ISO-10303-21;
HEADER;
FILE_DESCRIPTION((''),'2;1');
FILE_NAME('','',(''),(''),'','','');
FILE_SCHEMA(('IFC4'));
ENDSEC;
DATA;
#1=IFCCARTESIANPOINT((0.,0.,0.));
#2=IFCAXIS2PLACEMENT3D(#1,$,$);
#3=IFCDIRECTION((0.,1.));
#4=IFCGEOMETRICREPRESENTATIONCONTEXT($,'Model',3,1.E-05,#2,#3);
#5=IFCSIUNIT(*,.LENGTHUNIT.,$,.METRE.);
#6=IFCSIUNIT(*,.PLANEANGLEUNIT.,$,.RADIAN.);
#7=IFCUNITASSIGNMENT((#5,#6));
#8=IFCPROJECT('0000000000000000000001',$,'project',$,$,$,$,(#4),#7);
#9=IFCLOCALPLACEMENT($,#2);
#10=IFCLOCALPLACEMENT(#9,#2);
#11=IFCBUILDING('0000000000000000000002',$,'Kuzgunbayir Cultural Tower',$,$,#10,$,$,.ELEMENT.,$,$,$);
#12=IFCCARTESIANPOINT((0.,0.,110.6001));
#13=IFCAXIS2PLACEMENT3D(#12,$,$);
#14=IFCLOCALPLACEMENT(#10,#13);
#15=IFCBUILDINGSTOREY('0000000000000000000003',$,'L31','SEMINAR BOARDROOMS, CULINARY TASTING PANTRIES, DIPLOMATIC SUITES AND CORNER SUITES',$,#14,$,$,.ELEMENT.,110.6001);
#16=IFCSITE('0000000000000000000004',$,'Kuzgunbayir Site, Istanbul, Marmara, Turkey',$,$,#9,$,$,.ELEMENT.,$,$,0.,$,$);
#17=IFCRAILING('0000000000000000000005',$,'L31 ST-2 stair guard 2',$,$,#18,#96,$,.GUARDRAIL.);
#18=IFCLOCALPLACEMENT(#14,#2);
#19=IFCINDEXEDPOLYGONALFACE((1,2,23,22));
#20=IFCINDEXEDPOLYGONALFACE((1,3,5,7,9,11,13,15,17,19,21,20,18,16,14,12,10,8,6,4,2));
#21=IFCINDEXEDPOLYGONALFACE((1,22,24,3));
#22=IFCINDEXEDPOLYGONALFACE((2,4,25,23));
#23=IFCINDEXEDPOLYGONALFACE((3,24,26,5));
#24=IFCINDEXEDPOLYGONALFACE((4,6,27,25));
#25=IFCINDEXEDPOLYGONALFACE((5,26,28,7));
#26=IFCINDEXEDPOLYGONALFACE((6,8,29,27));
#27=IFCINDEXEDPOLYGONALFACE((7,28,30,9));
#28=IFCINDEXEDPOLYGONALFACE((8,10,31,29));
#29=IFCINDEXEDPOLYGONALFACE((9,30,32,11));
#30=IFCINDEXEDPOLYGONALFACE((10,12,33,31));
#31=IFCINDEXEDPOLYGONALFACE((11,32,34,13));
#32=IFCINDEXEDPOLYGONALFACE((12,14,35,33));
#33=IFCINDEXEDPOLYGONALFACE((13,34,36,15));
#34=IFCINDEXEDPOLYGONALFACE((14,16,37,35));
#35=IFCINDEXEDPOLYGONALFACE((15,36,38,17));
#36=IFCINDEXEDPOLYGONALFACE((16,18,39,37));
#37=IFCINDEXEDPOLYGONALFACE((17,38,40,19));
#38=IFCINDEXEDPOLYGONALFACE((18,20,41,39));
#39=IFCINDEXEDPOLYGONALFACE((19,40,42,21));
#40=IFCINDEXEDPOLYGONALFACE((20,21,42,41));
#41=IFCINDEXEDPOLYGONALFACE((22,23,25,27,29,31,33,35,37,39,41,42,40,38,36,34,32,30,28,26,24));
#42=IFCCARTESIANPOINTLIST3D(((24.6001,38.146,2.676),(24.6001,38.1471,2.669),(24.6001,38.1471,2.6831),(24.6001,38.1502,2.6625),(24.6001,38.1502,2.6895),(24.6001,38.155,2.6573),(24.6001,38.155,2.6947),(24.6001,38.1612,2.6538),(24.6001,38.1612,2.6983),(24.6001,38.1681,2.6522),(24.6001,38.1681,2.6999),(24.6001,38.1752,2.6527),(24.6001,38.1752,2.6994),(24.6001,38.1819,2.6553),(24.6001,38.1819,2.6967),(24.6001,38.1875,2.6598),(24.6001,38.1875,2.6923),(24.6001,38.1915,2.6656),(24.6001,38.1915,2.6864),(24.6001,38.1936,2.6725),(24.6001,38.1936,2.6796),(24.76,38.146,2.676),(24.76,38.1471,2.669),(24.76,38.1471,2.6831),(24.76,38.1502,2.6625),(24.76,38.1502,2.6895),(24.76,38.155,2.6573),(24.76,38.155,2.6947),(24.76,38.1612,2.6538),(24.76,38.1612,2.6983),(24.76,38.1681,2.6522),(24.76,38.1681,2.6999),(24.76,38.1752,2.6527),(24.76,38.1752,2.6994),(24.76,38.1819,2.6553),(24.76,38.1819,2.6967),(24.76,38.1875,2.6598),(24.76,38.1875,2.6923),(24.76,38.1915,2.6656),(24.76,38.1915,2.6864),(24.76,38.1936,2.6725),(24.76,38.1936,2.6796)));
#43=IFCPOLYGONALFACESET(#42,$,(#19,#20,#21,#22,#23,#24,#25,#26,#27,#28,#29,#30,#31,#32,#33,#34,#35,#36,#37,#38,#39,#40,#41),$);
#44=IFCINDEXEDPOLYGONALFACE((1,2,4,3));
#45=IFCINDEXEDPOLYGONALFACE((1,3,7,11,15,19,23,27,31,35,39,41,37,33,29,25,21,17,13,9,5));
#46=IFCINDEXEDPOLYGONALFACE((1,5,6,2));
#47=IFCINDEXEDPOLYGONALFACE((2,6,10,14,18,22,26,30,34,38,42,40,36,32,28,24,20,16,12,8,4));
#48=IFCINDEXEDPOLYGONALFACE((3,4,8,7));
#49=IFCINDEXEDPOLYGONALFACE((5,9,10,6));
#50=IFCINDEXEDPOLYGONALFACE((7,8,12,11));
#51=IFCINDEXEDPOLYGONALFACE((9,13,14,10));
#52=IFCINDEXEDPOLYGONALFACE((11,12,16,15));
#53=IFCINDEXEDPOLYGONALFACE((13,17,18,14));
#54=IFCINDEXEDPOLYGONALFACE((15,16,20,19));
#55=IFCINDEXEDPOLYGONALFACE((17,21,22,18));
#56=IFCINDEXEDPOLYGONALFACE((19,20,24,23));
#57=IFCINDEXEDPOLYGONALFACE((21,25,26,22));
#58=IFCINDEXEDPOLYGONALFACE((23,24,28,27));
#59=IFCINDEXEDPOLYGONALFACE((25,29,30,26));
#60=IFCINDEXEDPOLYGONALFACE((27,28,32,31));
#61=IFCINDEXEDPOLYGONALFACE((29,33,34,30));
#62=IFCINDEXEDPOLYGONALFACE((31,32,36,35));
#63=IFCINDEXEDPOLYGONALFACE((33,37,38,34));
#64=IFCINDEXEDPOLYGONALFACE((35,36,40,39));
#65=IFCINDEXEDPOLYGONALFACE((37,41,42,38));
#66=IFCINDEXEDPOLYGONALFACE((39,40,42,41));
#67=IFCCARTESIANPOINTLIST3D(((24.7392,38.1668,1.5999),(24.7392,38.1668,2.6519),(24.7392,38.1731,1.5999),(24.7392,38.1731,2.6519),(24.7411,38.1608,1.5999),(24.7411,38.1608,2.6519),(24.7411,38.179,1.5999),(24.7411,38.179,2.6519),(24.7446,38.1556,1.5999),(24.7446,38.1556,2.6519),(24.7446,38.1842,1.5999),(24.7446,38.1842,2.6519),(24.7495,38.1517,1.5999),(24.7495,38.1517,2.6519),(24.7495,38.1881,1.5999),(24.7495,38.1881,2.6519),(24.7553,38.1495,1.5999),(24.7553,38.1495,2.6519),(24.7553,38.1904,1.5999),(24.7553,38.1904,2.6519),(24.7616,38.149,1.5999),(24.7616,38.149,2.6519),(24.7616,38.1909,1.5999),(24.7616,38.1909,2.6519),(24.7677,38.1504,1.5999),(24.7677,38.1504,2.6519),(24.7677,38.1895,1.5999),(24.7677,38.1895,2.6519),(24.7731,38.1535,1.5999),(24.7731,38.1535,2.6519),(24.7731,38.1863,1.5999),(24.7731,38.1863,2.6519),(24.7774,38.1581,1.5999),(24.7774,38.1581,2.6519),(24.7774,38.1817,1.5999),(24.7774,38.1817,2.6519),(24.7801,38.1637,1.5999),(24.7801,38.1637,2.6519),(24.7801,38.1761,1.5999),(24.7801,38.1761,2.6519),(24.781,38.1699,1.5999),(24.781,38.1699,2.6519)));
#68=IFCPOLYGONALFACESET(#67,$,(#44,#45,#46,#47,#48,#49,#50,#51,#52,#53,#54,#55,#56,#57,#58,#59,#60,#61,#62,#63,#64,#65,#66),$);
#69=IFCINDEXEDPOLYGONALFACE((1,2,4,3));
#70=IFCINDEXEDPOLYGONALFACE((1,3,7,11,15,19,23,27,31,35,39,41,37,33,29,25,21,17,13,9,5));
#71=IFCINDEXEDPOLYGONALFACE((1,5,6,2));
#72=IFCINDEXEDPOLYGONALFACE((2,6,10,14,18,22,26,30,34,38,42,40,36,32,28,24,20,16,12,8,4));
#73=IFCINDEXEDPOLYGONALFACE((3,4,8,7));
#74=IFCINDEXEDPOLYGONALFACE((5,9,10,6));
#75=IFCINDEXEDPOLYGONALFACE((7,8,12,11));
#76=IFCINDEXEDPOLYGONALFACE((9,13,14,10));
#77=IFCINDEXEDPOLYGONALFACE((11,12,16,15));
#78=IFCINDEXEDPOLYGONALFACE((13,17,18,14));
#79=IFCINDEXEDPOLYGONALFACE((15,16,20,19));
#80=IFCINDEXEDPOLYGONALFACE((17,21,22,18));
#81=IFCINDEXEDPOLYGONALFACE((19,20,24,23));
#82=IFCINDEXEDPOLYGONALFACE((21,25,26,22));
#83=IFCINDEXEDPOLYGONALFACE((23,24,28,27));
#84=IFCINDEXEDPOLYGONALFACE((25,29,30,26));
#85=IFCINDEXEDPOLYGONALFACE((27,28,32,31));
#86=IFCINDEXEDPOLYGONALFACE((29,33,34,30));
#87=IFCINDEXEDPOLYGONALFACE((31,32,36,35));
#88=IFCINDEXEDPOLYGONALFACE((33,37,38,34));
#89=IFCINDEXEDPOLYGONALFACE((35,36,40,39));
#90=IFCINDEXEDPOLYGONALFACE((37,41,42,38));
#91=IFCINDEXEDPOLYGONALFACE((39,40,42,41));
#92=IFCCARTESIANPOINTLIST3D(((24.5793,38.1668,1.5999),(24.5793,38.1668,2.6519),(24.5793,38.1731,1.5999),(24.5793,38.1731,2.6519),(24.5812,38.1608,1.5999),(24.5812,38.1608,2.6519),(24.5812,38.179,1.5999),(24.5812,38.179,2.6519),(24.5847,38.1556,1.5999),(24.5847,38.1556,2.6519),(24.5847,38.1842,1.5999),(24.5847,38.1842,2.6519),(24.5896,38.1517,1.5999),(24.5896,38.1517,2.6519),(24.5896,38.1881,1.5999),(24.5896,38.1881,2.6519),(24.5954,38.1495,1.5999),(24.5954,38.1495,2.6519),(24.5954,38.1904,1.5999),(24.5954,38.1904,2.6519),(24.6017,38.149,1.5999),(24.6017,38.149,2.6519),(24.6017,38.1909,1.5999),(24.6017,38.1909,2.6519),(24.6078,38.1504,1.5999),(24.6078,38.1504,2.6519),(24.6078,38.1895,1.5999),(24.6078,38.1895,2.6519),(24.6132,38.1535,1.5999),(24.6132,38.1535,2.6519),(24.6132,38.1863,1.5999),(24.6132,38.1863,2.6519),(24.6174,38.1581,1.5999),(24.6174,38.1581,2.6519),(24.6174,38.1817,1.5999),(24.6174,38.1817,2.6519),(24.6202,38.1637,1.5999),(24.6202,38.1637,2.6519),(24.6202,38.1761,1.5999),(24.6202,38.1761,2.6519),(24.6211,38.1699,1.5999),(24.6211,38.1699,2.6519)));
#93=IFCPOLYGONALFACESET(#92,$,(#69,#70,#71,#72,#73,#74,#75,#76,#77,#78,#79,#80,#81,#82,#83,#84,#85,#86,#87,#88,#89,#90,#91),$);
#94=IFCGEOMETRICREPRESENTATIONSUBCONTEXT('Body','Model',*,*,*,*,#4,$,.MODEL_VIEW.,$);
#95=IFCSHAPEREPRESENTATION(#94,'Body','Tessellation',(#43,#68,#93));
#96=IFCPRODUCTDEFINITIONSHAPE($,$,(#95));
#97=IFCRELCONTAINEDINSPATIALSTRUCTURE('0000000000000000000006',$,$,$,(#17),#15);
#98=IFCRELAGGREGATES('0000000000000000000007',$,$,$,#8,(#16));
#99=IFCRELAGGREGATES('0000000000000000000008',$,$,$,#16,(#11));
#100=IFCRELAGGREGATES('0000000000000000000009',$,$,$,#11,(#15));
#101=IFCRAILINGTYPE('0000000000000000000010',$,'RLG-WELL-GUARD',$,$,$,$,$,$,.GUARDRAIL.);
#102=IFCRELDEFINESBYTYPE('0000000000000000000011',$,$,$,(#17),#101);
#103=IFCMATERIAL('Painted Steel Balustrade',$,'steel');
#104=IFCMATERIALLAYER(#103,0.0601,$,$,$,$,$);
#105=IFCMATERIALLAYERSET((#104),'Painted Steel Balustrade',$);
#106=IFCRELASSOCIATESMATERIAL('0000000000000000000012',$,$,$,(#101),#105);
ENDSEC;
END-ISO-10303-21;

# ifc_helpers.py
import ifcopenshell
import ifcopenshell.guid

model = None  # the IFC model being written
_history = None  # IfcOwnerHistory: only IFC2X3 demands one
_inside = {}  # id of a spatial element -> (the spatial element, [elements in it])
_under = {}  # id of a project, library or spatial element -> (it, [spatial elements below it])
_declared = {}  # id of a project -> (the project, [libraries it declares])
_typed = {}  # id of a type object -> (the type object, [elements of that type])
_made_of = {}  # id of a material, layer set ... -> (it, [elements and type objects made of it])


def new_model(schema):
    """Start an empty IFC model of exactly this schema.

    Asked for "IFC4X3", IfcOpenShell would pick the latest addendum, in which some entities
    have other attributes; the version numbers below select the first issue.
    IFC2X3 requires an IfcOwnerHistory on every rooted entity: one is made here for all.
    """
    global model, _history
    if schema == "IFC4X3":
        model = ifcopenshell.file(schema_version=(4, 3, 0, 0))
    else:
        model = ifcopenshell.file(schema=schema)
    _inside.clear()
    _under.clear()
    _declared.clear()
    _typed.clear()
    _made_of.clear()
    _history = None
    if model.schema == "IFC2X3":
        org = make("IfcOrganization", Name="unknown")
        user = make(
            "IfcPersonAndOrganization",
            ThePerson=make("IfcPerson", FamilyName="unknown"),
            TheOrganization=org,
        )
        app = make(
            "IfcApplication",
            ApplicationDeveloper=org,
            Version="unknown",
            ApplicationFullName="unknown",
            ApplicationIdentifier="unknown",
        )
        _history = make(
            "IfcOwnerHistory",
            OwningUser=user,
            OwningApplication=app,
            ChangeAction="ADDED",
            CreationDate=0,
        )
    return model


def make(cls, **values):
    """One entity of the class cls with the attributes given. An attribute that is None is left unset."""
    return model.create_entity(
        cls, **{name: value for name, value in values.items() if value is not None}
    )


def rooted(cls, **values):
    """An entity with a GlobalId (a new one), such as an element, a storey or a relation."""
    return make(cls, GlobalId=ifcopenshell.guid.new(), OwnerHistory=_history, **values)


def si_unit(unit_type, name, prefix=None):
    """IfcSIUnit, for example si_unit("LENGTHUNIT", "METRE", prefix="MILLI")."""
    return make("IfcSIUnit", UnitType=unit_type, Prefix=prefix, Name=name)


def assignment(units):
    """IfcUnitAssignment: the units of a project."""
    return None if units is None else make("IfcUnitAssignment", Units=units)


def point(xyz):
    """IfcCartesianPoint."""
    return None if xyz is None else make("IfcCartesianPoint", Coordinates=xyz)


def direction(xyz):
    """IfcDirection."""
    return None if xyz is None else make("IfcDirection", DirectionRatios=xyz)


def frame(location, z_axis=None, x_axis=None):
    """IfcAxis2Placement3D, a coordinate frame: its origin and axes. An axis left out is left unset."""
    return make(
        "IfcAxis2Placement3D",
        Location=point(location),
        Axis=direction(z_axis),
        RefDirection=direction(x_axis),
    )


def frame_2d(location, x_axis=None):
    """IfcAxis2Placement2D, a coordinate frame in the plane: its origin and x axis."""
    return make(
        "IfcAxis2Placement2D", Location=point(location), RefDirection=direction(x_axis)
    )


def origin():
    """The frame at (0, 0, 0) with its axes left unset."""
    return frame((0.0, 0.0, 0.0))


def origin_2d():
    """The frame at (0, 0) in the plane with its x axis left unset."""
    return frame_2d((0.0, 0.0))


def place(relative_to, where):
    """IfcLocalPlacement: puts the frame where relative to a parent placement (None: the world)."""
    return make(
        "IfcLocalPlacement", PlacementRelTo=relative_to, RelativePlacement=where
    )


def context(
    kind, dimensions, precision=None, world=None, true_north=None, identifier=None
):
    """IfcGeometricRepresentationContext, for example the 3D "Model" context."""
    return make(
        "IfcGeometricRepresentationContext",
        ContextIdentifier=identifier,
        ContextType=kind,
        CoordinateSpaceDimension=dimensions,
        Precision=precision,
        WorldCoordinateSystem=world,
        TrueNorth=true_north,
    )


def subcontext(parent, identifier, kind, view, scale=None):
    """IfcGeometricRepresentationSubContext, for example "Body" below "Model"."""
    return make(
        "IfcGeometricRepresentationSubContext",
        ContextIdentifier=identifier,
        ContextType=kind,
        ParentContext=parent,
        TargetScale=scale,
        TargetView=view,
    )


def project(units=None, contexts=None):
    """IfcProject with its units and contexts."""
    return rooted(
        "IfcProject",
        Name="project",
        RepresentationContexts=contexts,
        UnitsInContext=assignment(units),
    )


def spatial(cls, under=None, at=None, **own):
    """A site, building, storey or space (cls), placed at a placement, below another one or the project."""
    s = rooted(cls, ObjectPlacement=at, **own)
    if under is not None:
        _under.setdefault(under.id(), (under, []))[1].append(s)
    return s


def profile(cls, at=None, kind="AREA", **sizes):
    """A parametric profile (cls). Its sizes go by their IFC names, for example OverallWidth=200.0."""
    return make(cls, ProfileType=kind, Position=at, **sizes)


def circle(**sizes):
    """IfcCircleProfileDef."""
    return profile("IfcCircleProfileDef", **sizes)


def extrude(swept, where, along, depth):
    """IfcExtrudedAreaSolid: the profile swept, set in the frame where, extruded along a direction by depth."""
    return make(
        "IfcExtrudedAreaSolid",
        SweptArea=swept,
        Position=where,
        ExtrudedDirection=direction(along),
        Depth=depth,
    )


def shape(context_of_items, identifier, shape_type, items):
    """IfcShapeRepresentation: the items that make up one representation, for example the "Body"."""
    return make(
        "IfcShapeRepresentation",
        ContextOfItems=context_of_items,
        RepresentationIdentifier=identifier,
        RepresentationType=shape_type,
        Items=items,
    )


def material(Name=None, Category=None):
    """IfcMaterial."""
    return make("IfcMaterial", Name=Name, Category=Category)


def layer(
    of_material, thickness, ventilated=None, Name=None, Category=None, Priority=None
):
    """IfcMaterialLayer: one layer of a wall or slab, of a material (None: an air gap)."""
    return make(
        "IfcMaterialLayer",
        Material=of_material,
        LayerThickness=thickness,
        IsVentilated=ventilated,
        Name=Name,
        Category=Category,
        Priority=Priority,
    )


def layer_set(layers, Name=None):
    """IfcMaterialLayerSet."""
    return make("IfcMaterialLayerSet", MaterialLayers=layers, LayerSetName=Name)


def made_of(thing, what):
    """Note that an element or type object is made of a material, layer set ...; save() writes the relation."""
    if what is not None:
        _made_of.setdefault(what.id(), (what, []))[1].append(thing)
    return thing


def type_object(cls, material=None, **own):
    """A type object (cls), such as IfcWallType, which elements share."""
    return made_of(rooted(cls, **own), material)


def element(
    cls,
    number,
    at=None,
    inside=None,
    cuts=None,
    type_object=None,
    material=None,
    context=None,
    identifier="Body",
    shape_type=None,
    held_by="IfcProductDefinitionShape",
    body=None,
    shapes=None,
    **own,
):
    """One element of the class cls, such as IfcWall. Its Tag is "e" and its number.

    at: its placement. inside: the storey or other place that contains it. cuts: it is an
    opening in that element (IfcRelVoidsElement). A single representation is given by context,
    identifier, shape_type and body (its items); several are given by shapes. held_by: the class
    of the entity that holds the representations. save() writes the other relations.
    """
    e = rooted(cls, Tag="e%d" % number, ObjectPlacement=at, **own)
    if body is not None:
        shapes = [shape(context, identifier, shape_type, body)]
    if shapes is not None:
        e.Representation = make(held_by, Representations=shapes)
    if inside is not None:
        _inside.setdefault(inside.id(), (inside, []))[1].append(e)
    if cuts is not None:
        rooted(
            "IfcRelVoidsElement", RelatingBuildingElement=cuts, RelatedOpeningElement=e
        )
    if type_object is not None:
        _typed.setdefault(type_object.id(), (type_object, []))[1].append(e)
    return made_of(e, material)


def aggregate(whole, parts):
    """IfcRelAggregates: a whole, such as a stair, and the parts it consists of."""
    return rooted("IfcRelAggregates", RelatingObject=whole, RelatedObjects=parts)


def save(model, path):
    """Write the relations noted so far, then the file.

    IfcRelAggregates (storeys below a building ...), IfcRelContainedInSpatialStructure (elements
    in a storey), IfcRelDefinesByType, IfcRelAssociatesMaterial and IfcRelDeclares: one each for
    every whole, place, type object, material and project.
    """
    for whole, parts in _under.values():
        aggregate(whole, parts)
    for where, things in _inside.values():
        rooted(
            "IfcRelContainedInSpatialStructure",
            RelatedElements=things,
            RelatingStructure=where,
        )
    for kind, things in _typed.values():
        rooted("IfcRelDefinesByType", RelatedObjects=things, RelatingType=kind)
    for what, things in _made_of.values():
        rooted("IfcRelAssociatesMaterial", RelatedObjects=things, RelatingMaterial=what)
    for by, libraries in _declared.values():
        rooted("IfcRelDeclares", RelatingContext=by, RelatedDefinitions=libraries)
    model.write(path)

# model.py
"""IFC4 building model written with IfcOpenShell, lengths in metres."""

from ifc_helpers import new_model, si_unit, direction, frame, origin, origin_2d, place, context, subcontext, project, spatial, circle, extrude, material, layer, layer_set, type_object, element, save


model = new_model("IFC4")

# Units and contexts
model_context = context("Model", 3, precision=1e-05, world=origin(), true_north=direction((0.0, 1.0)))
body_context = subcontext(model_context, "Body", "Model", "MODEL_VIEW")
ifc_project = project(units=[si_unit("LENGTHUNIT", "METRE"), si_unit("PLANEANGLEUNIT", "RADIAN")], contexts=[model_context])

# Site, building, storey
site_placement = place(None, origin())
site = spatial("IfcSite", under=ifc_project, at=site_placement, Name="Kuzgunbayir Site, Istanbul, Marmara, Turkey", CompositionType="ELEMENT", RefElevation=0.0)
building_placement = place(site_placement, origin())
building = spatial("IfcBuilding", under=site, at=building_placement, Name="Kuzgunbayir Cultural Tower", CompositionType="ELEMENT")
storey_placement = place(building_placement, frame((0.0, 0.0, 110.6001)))
storey = spatial("IfcBuildingStorey", under=building, at=storey_placement, Name="L31", Description="SEMINAR BOARDROOMS, CULINARY TASTING PANTRIES, DIPLOMATIC SUITES AND CORNER SUITES", CompositionType="ELEMENT", Elevation=110.6001)

# Railing
ifc_material_1 = material(Name="Painted Steel Balustrade", Category="steel")
ifc_layer_1 = layer(ifc_material_1, 0.0601)
ifc_layer_set_1 = layer_set([ifc_layer_1], Name="Painted Steel Balustrade")
railing_type_1 = type_object("IfcRailingType", Name="RLG-WELL-GUARD", PredefinedType="GUARDRAIL", material=ifc_layer_set_1)
railing_1_placement = place(storey_placement, frame((24.76, 38.1699, 1.5999)))
element("IfcRailing", 1, at=railing_1_placement, inside=storey, type_object=railing_type_1, Name="L31 ST-2 stair guard 2", PredefinedType="GUARDRAIL", context=body_context, shape_type="SweptSolid", body=[
    extrude(circle(Radius=0.0239, at=origin_2d()), frame((0.0, 0.0, 1.0762), z_axis=(-1.0, 0.0, 0.0), x_axis=(0.0, -1.0, 0.0)), (0.0, 0.0, 1.0), 0.1599),
    extrude(circle(Radius=0.021, at=origin_2d()), origin(), (0.0, 0.0, 1.0), 1.052),
    extrude(circle(Radius=0.021, at=origin_2d()), frame((-0.1599, 0.0, 0.0)), (0.0, 0.0, 1.0), 1.052),
])

save(model, "model.ifc")
